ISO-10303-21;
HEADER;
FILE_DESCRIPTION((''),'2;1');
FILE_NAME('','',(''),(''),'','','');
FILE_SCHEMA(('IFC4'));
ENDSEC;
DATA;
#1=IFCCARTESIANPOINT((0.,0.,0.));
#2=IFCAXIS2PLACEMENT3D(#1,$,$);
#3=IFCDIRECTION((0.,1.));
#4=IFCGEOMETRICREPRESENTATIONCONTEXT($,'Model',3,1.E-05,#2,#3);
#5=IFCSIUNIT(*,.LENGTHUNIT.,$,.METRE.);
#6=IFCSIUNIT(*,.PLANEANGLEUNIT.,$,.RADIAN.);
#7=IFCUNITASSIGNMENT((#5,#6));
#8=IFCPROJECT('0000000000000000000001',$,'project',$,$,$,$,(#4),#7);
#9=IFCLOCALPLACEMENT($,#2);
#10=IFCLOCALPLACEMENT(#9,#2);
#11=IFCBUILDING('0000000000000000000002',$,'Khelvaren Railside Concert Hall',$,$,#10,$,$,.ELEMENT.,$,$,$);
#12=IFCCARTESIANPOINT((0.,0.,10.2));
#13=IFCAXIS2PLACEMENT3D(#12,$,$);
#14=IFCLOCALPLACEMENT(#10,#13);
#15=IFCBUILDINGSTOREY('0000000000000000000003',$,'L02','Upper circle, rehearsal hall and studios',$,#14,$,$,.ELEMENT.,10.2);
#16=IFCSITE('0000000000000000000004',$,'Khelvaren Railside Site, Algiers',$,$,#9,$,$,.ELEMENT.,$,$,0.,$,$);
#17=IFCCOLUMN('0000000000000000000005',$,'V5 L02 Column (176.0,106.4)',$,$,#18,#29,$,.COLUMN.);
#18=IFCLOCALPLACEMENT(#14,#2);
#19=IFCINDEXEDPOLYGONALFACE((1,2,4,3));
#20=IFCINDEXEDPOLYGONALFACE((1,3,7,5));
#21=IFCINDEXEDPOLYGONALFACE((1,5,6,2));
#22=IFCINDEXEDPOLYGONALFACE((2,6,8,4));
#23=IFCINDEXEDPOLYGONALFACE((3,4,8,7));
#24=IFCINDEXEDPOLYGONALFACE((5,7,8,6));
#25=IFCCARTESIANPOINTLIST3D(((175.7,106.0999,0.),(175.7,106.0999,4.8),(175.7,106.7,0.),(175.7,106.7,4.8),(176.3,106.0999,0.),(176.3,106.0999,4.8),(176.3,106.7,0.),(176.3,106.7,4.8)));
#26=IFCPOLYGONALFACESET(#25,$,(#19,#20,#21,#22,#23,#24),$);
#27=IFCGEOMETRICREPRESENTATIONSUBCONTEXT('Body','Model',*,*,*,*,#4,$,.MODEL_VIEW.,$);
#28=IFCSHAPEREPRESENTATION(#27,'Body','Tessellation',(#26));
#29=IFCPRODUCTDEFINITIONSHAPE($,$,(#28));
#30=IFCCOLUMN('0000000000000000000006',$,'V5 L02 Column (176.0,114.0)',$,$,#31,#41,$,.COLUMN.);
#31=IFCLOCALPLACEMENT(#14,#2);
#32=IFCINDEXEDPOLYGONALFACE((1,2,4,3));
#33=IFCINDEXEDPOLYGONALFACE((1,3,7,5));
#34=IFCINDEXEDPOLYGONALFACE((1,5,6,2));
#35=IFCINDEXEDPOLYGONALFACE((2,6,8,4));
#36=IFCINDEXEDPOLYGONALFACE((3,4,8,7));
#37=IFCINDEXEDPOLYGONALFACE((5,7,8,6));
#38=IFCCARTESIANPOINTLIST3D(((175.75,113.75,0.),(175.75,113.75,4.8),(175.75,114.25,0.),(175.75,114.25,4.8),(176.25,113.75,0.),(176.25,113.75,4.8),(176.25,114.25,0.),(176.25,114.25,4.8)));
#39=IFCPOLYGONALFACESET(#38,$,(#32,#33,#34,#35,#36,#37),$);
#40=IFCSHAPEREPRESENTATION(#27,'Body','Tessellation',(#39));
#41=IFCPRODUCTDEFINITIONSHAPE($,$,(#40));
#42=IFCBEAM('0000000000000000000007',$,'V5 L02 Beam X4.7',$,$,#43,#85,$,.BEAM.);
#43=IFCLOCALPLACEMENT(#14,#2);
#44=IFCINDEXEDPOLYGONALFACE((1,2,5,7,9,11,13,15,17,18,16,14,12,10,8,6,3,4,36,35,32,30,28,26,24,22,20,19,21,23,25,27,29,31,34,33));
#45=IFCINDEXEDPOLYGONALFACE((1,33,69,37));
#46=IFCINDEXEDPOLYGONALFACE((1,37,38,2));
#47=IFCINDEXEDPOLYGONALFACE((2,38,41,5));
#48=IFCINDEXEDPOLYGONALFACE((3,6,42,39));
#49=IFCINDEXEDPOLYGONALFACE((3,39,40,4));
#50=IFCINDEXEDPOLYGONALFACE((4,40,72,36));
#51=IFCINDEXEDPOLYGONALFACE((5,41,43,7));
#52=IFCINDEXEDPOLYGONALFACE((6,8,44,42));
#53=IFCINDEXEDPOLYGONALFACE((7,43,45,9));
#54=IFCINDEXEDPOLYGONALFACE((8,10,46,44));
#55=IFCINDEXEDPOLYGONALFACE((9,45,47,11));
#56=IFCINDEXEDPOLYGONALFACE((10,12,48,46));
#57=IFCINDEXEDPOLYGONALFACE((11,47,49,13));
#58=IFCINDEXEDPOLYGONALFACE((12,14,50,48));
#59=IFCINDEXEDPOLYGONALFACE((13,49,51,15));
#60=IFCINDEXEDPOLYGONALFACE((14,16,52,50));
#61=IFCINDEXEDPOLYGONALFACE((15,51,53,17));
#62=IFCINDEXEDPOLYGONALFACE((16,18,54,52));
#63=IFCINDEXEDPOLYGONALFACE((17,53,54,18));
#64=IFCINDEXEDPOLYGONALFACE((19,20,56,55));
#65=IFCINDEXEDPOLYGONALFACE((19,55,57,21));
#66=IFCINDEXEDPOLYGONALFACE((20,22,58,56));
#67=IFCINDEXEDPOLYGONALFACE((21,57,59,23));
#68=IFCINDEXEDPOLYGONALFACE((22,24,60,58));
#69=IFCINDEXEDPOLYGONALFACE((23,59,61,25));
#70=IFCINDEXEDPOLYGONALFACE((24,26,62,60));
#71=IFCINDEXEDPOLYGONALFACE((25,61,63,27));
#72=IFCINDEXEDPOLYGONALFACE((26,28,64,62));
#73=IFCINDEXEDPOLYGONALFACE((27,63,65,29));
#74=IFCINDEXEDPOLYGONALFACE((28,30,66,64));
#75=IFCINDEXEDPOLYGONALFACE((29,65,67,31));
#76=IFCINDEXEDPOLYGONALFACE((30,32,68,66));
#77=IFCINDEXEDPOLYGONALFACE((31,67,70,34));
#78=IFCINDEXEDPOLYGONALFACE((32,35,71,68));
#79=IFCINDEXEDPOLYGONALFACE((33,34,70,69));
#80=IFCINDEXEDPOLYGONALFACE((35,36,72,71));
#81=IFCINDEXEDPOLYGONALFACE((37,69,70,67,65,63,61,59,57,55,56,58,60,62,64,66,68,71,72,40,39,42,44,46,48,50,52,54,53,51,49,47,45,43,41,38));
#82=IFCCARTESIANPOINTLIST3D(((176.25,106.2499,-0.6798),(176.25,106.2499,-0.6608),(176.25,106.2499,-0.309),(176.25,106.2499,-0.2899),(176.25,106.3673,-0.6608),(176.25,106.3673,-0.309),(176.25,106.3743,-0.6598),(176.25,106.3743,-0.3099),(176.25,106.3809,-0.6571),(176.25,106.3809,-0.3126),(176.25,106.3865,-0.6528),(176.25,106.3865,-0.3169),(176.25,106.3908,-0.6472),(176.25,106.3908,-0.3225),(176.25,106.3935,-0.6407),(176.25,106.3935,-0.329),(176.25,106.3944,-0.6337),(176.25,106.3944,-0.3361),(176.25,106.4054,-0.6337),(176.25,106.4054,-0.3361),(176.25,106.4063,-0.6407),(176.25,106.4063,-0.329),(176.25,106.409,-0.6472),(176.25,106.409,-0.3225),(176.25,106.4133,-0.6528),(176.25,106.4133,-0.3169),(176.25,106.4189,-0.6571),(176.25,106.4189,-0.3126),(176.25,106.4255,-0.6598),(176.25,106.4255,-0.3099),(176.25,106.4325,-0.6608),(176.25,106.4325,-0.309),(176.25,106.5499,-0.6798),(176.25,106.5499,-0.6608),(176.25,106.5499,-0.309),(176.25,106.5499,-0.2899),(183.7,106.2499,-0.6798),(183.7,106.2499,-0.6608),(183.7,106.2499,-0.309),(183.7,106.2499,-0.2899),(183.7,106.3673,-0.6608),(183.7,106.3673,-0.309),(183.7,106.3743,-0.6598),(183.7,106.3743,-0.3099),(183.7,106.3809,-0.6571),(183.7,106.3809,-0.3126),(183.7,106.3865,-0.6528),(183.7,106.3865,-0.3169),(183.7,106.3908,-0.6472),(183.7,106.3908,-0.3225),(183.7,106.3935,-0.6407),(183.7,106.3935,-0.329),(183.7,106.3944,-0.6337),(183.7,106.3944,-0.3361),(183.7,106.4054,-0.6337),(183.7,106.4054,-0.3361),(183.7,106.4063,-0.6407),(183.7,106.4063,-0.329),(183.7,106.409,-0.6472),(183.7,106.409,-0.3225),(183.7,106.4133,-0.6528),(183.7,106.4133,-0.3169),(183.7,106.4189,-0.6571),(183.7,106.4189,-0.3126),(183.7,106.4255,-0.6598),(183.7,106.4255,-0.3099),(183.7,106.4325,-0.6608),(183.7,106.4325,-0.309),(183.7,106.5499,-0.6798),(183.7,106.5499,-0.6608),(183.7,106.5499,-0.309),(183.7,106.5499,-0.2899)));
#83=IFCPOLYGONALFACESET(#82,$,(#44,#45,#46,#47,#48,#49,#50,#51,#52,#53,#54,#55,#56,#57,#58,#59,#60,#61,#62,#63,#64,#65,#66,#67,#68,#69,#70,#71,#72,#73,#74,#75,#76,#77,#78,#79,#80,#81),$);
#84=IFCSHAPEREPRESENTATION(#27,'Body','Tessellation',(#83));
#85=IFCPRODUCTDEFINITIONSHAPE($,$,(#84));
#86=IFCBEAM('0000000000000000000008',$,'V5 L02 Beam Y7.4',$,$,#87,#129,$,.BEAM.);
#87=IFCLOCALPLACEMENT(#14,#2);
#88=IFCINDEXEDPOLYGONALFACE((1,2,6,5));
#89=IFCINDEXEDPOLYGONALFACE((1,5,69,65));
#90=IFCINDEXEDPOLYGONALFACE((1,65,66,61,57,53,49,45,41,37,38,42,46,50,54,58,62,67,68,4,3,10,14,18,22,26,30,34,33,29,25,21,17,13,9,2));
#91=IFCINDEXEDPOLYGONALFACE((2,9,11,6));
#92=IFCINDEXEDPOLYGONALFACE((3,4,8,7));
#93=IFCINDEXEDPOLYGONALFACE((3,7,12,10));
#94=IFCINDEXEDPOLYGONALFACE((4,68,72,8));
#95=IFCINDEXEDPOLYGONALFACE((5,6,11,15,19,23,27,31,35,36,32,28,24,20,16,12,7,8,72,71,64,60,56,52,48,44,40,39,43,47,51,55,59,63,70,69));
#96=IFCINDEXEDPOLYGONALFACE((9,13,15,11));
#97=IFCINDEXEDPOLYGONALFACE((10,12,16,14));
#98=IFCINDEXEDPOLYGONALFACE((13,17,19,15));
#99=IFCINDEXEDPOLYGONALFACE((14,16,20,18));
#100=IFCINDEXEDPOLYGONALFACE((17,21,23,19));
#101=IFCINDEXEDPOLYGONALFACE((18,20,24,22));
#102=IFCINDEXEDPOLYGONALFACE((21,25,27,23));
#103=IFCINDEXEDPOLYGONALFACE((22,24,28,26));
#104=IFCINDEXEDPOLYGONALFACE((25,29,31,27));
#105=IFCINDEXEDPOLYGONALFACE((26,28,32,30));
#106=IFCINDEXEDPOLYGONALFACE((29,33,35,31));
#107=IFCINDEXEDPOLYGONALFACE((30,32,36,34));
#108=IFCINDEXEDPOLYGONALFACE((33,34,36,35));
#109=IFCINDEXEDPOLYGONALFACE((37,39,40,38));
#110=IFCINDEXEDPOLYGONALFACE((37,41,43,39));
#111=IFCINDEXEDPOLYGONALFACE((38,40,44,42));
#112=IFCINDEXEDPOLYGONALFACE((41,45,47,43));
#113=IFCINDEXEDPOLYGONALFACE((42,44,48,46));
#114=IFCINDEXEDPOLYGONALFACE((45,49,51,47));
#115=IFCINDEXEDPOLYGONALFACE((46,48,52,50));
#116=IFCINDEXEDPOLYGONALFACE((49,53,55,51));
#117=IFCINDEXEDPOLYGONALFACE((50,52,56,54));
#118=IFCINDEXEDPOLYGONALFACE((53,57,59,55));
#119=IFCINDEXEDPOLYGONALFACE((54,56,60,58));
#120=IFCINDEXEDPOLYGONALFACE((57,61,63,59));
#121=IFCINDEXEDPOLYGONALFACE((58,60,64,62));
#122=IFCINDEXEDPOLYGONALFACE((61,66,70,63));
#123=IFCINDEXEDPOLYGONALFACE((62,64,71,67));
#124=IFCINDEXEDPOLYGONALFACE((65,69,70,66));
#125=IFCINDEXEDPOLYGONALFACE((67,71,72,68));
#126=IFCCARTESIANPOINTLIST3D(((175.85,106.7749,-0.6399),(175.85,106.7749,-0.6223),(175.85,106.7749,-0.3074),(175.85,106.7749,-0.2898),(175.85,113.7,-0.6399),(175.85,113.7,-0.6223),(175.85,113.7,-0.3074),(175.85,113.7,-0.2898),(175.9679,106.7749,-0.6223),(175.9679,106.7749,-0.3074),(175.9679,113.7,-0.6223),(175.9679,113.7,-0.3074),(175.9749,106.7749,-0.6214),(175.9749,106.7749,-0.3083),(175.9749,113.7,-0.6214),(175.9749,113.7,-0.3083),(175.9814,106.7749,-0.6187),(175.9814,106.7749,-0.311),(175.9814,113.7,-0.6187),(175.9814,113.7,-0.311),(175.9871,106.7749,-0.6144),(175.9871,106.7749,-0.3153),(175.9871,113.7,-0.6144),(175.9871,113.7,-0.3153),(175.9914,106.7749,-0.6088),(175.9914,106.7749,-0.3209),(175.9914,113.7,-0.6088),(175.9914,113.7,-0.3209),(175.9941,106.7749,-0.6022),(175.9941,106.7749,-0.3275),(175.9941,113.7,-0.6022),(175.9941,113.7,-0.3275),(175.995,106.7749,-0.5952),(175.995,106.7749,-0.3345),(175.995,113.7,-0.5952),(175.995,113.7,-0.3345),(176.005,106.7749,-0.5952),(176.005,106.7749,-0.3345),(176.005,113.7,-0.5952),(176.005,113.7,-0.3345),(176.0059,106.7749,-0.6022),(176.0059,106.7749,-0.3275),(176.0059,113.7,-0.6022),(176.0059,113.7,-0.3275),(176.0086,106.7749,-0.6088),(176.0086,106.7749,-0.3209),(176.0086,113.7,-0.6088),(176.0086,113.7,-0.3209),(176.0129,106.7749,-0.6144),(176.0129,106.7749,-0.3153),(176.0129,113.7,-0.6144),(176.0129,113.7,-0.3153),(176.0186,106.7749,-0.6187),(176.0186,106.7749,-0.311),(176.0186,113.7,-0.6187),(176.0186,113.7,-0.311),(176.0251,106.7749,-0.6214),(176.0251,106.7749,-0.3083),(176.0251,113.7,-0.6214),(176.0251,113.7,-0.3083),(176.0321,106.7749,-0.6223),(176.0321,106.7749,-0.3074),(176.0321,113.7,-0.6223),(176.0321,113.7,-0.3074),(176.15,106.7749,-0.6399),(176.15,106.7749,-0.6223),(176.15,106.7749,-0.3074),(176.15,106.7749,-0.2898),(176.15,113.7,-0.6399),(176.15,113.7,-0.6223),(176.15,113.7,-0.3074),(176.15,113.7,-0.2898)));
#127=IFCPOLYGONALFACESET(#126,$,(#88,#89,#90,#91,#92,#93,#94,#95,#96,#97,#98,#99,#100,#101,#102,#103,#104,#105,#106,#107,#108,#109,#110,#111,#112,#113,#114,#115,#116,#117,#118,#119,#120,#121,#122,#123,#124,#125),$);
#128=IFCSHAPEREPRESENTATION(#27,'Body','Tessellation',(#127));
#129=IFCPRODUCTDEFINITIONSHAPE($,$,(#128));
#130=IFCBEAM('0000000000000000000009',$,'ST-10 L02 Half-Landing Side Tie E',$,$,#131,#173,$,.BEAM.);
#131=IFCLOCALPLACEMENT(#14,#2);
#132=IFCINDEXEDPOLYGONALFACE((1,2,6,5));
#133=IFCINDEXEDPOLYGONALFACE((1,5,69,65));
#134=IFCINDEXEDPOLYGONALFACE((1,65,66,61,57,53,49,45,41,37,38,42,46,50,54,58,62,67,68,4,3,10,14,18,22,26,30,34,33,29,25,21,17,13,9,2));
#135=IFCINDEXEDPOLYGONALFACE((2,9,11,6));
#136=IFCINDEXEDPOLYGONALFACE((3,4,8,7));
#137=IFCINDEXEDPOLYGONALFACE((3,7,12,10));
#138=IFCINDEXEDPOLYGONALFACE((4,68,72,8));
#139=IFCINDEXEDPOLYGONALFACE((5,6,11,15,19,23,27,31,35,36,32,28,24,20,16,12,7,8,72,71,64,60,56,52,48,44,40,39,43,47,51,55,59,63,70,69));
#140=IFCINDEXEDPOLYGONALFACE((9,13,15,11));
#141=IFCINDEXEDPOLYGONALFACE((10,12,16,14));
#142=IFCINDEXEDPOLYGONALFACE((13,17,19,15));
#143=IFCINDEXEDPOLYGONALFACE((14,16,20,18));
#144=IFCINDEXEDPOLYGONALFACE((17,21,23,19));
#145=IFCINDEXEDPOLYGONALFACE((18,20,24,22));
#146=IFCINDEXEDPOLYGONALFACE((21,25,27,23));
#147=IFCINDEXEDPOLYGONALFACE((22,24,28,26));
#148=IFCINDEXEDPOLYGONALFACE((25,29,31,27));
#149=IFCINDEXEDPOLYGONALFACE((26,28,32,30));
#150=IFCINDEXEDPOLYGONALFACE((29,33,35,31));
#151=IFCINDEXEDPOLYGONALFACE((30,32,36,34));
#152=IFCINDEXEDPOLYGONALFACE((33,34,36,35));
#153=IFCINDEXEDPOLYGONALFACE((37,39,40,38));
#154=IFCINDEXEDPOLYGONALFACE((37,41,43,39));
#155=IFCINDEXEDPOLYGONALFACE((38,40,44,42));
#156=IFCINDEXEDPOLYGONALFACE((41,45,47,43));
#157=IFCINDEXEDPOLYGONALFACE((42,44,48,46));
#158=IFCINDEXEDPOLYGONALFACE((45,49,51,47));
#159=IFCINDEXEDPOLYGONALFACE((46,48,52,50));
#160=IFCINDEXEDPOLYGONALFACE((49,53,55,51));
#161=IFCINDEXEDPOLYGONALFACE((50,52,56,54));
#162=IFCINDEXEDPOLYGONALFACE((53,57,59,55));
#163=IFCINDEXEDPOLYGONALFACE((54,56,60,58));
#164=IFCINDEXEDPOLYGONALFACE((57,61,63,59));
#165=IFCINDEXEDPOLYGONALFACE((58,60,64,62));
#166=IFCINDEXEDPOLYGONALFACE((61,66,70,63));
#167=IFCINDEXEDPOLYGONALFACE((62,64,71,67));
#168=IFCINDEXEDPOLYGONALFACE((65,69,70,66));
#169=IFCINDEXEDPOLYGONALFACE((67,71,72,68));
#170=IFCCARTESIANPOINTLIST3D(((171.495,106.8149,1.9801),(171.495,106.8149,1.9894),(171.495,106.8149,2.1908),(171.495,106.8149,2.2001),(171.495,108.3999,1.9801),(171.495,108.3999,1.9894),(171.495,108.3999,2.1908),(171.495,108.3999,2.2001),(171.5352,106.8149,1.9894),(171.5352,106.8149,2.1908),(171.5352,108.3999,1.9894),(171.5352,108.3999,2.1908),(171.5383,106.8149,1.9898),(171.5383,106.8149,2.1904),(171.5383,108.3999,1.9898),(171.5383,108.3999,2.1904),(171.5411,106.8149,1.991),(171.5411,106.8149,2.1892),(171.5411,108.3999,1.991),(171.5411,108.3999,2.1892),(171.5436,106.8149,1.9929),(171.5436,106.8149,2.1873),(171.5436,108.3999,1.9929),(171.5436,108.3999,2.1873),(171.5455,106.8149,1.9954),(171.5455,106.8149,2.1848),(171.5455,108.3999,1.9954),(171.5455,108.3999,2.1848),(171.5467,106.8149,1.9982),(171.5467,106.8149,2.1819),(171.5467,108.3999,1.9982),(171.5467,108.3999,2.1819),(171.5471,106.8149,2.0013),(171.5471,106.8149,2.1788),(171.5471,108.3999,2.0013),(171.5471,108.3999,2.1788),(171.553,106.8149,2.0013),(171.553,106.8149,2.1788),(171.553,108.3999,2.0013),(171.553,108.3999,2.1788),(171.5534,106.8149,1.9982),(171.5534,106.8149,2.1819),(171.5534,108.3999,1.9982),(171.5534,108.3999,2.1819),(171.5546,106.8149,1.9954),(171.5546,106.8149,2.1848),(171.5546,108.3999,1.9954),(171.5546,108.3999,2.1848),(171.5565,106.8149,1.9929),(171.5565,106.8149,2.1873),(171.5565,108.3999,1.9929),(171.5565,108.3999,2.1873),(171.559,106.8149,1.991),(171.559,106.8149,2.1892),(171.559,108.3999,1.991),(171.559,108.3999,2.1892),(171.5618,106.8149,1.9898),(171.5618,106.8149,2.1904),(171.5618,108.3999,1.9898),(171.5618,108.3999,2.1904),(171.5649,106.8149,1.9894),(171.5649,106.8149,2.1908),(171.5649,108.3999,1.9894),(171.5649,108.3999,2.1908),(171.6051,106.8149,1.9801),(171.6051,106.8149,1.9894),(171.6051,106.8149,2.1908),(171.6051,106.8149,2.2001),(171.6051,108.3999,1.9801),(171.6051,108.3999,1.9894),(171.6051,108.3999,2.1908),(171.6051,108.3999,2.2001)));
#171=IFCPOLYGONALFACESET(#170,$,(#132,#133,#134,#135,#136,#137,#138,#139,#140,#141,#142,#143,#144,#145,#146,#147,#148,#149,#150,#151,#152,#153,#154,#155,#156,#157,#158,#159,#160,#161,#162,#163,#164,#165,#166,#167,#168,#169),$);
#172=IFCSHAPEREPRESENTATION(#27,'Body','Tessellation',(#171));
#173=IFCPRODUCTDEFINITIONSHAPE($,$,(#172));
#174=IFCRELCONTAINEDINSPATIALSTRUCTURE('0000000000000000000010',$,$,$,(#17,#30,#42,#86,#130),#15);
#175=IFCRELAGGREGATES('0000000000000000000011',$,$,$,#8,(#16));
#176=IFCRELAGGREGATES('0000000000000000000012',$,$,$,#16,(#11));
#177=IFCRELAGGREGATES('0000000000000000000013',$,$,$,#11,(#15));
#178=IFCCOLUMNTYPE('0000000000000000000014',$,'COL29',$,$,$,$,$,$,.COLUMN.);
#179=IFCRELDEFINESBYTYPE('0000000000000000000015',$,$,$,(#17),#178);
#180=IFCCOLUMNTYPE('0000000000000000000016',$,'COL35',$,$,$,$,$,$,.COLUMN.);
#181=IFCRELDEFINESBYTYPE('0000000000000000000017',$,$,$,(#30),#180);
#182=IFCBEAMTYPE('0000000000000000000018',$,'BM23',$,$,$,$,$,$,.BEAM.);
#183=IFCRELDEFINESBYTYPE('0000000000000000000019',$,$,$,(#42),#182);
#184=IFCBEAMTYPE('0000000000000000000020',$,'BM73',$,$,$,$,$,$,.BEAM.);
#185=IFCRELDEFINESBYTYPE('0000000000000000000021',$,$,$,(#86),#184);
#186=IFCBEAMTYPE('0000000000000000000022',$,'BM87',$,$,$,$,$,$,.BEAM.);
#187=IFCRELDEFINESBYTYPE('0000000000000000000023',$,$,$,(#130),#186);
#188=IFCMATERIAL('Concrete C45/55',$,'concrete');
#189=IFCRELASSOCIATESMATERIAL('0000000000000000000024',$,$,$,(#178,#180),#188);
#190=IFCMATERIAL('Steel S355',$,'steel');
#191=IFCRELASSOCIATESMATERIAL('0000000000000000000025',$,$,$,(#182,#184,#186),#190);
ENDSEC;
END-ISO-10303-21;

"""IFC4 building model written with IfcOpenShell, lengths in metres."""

from ifc_helpers import new_model, si_unit, direction, frame, origin, origin_2d, place, context, subcontext, project, spatial, rectangle, i_section, extrude, material, material_profile, profile_set, type_object, element, save


model = new_model("IFC4")

# Units and contexts
model_context = context("Model", 3, precision=1e-05, world=origin(), true_north=direction((0.0, 1.0)))
body_context = subcontext(model_context, "Body", "Model", "MODEL_VIEW")
ifc_project = project(units=[si_unit("LENGTHUNIT", "METRE"), si_unit("PLANEANGLEUNIT", "RADIAN")], contexts=[model_context])

# Site, building, storey
site_placement = place(None, origin())
site = spatial("IfcSite", under=ifc_project, at=site_placement, Name="Khelvaren Railside Site, Algiers", CompositionType="ELEMENT", RefElevation=0.0)
building_placement = place(site_placement, origin())
building = spatial("IfcBuilding", under=site, at=building_placement, Name="Khelvaren Railside Concert Hall", CompositionType="ELEMENT")
storey_placement = place(building_placement, frame((0.0, 0.0, 10.2)))
storey = spatial("IfcBuildingStorey", under=building, at=storey_placement, Name="L02", Description="Upper circle, rehearsal hall and studios", CompositionType="ELEMENT", Elevation=10.2)

# Columns
ifc_material_1 = material(Name="Concrete C45/55", Category="concrete")
ifc_material_profile_1 = material_profile(ifc_material_1, rectangle(XDim=0.6001, YDim=0.6001, at=origin_2d()), Name="RC 600x600")
ifc_profile_set_1 = profile_set([ifc_material_profile_1], Name="Concrete C45/55")
column_type_1 = type_object("IfcColumnType", Name="COL29", PredefinedType="COLUMN", material=ifc_profile_set_1)
column_1_placement = place(storey_placement, frame((176.0, 106.3999, 0.0), z_axis=(0.0, 0.0, 1.0), x_axis=(1.0, 0.0, 0.0)))
element("IfcColumn", 1, at=column_1_placement, inside=storey, type_object=column_type_1, Name="V5 L02 Column (176.0,106.4)", PredefinedType="COLUMN", context=body_context, shape_type="SweptSolid", body=[
    extrude(rectangle(XDim=0.6001, YDim=0.6001, at=origin_2d()), origin(), (0.0, 0.0, 1.0), 4.8),
])
ifc_material_profile_2 = material_profile(ifc_material_1, rectangle(XDim=0.5, YDim=0.5, at=origin_2d()), Name="RC 500x500")
ifc_profile_set_2 = profile_set([ifc_material_profile_2], Name="Concrete C45/55")
column_type_2 = type_object("IfcColumnType", Name="COL35", PredefinedType="COLUMN", material=ifc_profile_set_2)
column_2_placement = place(storey_placement, frame((176.0, 114.0, 0.0), z_axis=(0.0, 0.0, 1.0), x_axis=(1.0, 0.0, 0.0)))
element("IfcColumn", 2, at=column_2_placement, inside=storey, type_object=column_type_2, Name="V5 L02 Column (176.0,114.0)", PredefinedType="COLUMN", context=body_context, shape_type="SweptSolid", body=[
    extrude(rectangle(XDim=0.5, YDim=0.5, at=origin_2d()), origin(), (0.0, 0.0, 1.0), 4.8),
])

# Beams
ifc_material_2 = material(Name="Steel S355", Category="steel")
ifc_material_profile_3 = material_profile(ifc_material_2, i_section(OverallWidth=0.3, OverallDepth=0.3899, WebThickness=0.011, FlangeThickness=0.019, FilletRadius=0.0271, at=origin_2d()), Name="HEA 400")
ifc_profile_set_3 = profile_set([ifc_material_profile_3], Name="Steel S355")
beam_type_1 = type_object("IfcBeamType", Name="BM23", PredefinedType="BEAM", material=ifc_profile_set_3)
beam_1_placement = place(storey_placement, frame((176.25, 106.3999, -0.4849), z_axis=(1.0, 0.0, 0.0), x_axis=(0.0, 1.0, 0.0)))
element("IfcBeam", 3, at=beam_1_placement, inside=storey, type_object=beam_type_1, Name="V5 L02 Beam X4.7", PredefinedType="BEAM", context=body_context, shape_type="SweptSolid", body=[
    extrude(i_section(OverallWidth=0.3, OverallDepth=0.3899, WebThickness=0.011, FlangeThickness=0.019, FilletRadius=0.0271, at=origin_2d()), origin(), (0.0, 0.0, 1.0), 7.45),
])
ifc_material_profile_4 = material_profile(ifc_material_2, i_section(OverallWidth=0.3, OverallDepth=0.3501, WebThickness=0.01, FlangeThickness=0.0176, FilletRadius=0.0271, at=origin_2d()), Name="HEA 360")
ifc_profile_set_4 = profile_set([ifc_material_profile_4], Name="Steel S355")
beam_type_2 = type_object("IfcBeamType", Name="BM73", PredefinedType="BEAM", material=ifc_profile_set_4)
beam_2_placement = place(storey_placement, frame((176.0, 106.7749, -0.4648), z_axis=(0.0, 1.0, 0.0), x_axis=(-1.0, 0.0, 0.0)))
element("IfcBeam", 4, at=beam_2_placement, inside=storey, type_object=beam_type_2, Name="V5 L02 Beam Y7.4", PredefinedType="BEAM", context=body_context, shape_type="SweptSolid", body=[
    extrude(i_section(OverallWidth=0.3, OverallDepth=0.3501, WebThickness=0.01, FlangeThickness=0.0176, FilletRadius=0.0271, at=origin_2d()), origin(), (0.0, 0.0, 1.0), 6.925),
])
ifc_material_profile_5 = material_profile(ifc_material_2, i_section(OverallWidth=0.1101, OverallDepth=0.22, WebThickness=0.0059, FlangeThickness=0.0093, FilletRadius=0.012, at=origin_2d()), Name="IPE 220")
ifc_profile_set_5 = profile_set([ifc_material_profile_5], Name="Steel S355")
beam_type_3 = type_object("IfcBeamType", Name="BM87", PredefinedType="BEAM", material=ifc_profile_set_5)
beam_3_placement = place(storey_placement, frame((171.55, 106.8149, 2.0901), z_axis=(0.0, 1.0, 0.0), x_axis=(-1.0, 0.0, 0.0)))
element("IfcBeam", 5, at=beam_3_placement, inside=storey, type_object=beam_type_3, Name="ST-10 L02 Half-Landing Side Tie E", PredefinedType="BEAM", context=body_context, shape_type="SweptSolid", body=[
    extrude(i_section(OverallWidth=0.1101, OverallDepth=0.22, WebThickness=0.0059, FlangeThickness=0.0093, FilletRadius=0.012, at=origin_2d()), origin(), (0.0, 0.0, 1.0), 1.585),
])

save(model, "model.ifc")
